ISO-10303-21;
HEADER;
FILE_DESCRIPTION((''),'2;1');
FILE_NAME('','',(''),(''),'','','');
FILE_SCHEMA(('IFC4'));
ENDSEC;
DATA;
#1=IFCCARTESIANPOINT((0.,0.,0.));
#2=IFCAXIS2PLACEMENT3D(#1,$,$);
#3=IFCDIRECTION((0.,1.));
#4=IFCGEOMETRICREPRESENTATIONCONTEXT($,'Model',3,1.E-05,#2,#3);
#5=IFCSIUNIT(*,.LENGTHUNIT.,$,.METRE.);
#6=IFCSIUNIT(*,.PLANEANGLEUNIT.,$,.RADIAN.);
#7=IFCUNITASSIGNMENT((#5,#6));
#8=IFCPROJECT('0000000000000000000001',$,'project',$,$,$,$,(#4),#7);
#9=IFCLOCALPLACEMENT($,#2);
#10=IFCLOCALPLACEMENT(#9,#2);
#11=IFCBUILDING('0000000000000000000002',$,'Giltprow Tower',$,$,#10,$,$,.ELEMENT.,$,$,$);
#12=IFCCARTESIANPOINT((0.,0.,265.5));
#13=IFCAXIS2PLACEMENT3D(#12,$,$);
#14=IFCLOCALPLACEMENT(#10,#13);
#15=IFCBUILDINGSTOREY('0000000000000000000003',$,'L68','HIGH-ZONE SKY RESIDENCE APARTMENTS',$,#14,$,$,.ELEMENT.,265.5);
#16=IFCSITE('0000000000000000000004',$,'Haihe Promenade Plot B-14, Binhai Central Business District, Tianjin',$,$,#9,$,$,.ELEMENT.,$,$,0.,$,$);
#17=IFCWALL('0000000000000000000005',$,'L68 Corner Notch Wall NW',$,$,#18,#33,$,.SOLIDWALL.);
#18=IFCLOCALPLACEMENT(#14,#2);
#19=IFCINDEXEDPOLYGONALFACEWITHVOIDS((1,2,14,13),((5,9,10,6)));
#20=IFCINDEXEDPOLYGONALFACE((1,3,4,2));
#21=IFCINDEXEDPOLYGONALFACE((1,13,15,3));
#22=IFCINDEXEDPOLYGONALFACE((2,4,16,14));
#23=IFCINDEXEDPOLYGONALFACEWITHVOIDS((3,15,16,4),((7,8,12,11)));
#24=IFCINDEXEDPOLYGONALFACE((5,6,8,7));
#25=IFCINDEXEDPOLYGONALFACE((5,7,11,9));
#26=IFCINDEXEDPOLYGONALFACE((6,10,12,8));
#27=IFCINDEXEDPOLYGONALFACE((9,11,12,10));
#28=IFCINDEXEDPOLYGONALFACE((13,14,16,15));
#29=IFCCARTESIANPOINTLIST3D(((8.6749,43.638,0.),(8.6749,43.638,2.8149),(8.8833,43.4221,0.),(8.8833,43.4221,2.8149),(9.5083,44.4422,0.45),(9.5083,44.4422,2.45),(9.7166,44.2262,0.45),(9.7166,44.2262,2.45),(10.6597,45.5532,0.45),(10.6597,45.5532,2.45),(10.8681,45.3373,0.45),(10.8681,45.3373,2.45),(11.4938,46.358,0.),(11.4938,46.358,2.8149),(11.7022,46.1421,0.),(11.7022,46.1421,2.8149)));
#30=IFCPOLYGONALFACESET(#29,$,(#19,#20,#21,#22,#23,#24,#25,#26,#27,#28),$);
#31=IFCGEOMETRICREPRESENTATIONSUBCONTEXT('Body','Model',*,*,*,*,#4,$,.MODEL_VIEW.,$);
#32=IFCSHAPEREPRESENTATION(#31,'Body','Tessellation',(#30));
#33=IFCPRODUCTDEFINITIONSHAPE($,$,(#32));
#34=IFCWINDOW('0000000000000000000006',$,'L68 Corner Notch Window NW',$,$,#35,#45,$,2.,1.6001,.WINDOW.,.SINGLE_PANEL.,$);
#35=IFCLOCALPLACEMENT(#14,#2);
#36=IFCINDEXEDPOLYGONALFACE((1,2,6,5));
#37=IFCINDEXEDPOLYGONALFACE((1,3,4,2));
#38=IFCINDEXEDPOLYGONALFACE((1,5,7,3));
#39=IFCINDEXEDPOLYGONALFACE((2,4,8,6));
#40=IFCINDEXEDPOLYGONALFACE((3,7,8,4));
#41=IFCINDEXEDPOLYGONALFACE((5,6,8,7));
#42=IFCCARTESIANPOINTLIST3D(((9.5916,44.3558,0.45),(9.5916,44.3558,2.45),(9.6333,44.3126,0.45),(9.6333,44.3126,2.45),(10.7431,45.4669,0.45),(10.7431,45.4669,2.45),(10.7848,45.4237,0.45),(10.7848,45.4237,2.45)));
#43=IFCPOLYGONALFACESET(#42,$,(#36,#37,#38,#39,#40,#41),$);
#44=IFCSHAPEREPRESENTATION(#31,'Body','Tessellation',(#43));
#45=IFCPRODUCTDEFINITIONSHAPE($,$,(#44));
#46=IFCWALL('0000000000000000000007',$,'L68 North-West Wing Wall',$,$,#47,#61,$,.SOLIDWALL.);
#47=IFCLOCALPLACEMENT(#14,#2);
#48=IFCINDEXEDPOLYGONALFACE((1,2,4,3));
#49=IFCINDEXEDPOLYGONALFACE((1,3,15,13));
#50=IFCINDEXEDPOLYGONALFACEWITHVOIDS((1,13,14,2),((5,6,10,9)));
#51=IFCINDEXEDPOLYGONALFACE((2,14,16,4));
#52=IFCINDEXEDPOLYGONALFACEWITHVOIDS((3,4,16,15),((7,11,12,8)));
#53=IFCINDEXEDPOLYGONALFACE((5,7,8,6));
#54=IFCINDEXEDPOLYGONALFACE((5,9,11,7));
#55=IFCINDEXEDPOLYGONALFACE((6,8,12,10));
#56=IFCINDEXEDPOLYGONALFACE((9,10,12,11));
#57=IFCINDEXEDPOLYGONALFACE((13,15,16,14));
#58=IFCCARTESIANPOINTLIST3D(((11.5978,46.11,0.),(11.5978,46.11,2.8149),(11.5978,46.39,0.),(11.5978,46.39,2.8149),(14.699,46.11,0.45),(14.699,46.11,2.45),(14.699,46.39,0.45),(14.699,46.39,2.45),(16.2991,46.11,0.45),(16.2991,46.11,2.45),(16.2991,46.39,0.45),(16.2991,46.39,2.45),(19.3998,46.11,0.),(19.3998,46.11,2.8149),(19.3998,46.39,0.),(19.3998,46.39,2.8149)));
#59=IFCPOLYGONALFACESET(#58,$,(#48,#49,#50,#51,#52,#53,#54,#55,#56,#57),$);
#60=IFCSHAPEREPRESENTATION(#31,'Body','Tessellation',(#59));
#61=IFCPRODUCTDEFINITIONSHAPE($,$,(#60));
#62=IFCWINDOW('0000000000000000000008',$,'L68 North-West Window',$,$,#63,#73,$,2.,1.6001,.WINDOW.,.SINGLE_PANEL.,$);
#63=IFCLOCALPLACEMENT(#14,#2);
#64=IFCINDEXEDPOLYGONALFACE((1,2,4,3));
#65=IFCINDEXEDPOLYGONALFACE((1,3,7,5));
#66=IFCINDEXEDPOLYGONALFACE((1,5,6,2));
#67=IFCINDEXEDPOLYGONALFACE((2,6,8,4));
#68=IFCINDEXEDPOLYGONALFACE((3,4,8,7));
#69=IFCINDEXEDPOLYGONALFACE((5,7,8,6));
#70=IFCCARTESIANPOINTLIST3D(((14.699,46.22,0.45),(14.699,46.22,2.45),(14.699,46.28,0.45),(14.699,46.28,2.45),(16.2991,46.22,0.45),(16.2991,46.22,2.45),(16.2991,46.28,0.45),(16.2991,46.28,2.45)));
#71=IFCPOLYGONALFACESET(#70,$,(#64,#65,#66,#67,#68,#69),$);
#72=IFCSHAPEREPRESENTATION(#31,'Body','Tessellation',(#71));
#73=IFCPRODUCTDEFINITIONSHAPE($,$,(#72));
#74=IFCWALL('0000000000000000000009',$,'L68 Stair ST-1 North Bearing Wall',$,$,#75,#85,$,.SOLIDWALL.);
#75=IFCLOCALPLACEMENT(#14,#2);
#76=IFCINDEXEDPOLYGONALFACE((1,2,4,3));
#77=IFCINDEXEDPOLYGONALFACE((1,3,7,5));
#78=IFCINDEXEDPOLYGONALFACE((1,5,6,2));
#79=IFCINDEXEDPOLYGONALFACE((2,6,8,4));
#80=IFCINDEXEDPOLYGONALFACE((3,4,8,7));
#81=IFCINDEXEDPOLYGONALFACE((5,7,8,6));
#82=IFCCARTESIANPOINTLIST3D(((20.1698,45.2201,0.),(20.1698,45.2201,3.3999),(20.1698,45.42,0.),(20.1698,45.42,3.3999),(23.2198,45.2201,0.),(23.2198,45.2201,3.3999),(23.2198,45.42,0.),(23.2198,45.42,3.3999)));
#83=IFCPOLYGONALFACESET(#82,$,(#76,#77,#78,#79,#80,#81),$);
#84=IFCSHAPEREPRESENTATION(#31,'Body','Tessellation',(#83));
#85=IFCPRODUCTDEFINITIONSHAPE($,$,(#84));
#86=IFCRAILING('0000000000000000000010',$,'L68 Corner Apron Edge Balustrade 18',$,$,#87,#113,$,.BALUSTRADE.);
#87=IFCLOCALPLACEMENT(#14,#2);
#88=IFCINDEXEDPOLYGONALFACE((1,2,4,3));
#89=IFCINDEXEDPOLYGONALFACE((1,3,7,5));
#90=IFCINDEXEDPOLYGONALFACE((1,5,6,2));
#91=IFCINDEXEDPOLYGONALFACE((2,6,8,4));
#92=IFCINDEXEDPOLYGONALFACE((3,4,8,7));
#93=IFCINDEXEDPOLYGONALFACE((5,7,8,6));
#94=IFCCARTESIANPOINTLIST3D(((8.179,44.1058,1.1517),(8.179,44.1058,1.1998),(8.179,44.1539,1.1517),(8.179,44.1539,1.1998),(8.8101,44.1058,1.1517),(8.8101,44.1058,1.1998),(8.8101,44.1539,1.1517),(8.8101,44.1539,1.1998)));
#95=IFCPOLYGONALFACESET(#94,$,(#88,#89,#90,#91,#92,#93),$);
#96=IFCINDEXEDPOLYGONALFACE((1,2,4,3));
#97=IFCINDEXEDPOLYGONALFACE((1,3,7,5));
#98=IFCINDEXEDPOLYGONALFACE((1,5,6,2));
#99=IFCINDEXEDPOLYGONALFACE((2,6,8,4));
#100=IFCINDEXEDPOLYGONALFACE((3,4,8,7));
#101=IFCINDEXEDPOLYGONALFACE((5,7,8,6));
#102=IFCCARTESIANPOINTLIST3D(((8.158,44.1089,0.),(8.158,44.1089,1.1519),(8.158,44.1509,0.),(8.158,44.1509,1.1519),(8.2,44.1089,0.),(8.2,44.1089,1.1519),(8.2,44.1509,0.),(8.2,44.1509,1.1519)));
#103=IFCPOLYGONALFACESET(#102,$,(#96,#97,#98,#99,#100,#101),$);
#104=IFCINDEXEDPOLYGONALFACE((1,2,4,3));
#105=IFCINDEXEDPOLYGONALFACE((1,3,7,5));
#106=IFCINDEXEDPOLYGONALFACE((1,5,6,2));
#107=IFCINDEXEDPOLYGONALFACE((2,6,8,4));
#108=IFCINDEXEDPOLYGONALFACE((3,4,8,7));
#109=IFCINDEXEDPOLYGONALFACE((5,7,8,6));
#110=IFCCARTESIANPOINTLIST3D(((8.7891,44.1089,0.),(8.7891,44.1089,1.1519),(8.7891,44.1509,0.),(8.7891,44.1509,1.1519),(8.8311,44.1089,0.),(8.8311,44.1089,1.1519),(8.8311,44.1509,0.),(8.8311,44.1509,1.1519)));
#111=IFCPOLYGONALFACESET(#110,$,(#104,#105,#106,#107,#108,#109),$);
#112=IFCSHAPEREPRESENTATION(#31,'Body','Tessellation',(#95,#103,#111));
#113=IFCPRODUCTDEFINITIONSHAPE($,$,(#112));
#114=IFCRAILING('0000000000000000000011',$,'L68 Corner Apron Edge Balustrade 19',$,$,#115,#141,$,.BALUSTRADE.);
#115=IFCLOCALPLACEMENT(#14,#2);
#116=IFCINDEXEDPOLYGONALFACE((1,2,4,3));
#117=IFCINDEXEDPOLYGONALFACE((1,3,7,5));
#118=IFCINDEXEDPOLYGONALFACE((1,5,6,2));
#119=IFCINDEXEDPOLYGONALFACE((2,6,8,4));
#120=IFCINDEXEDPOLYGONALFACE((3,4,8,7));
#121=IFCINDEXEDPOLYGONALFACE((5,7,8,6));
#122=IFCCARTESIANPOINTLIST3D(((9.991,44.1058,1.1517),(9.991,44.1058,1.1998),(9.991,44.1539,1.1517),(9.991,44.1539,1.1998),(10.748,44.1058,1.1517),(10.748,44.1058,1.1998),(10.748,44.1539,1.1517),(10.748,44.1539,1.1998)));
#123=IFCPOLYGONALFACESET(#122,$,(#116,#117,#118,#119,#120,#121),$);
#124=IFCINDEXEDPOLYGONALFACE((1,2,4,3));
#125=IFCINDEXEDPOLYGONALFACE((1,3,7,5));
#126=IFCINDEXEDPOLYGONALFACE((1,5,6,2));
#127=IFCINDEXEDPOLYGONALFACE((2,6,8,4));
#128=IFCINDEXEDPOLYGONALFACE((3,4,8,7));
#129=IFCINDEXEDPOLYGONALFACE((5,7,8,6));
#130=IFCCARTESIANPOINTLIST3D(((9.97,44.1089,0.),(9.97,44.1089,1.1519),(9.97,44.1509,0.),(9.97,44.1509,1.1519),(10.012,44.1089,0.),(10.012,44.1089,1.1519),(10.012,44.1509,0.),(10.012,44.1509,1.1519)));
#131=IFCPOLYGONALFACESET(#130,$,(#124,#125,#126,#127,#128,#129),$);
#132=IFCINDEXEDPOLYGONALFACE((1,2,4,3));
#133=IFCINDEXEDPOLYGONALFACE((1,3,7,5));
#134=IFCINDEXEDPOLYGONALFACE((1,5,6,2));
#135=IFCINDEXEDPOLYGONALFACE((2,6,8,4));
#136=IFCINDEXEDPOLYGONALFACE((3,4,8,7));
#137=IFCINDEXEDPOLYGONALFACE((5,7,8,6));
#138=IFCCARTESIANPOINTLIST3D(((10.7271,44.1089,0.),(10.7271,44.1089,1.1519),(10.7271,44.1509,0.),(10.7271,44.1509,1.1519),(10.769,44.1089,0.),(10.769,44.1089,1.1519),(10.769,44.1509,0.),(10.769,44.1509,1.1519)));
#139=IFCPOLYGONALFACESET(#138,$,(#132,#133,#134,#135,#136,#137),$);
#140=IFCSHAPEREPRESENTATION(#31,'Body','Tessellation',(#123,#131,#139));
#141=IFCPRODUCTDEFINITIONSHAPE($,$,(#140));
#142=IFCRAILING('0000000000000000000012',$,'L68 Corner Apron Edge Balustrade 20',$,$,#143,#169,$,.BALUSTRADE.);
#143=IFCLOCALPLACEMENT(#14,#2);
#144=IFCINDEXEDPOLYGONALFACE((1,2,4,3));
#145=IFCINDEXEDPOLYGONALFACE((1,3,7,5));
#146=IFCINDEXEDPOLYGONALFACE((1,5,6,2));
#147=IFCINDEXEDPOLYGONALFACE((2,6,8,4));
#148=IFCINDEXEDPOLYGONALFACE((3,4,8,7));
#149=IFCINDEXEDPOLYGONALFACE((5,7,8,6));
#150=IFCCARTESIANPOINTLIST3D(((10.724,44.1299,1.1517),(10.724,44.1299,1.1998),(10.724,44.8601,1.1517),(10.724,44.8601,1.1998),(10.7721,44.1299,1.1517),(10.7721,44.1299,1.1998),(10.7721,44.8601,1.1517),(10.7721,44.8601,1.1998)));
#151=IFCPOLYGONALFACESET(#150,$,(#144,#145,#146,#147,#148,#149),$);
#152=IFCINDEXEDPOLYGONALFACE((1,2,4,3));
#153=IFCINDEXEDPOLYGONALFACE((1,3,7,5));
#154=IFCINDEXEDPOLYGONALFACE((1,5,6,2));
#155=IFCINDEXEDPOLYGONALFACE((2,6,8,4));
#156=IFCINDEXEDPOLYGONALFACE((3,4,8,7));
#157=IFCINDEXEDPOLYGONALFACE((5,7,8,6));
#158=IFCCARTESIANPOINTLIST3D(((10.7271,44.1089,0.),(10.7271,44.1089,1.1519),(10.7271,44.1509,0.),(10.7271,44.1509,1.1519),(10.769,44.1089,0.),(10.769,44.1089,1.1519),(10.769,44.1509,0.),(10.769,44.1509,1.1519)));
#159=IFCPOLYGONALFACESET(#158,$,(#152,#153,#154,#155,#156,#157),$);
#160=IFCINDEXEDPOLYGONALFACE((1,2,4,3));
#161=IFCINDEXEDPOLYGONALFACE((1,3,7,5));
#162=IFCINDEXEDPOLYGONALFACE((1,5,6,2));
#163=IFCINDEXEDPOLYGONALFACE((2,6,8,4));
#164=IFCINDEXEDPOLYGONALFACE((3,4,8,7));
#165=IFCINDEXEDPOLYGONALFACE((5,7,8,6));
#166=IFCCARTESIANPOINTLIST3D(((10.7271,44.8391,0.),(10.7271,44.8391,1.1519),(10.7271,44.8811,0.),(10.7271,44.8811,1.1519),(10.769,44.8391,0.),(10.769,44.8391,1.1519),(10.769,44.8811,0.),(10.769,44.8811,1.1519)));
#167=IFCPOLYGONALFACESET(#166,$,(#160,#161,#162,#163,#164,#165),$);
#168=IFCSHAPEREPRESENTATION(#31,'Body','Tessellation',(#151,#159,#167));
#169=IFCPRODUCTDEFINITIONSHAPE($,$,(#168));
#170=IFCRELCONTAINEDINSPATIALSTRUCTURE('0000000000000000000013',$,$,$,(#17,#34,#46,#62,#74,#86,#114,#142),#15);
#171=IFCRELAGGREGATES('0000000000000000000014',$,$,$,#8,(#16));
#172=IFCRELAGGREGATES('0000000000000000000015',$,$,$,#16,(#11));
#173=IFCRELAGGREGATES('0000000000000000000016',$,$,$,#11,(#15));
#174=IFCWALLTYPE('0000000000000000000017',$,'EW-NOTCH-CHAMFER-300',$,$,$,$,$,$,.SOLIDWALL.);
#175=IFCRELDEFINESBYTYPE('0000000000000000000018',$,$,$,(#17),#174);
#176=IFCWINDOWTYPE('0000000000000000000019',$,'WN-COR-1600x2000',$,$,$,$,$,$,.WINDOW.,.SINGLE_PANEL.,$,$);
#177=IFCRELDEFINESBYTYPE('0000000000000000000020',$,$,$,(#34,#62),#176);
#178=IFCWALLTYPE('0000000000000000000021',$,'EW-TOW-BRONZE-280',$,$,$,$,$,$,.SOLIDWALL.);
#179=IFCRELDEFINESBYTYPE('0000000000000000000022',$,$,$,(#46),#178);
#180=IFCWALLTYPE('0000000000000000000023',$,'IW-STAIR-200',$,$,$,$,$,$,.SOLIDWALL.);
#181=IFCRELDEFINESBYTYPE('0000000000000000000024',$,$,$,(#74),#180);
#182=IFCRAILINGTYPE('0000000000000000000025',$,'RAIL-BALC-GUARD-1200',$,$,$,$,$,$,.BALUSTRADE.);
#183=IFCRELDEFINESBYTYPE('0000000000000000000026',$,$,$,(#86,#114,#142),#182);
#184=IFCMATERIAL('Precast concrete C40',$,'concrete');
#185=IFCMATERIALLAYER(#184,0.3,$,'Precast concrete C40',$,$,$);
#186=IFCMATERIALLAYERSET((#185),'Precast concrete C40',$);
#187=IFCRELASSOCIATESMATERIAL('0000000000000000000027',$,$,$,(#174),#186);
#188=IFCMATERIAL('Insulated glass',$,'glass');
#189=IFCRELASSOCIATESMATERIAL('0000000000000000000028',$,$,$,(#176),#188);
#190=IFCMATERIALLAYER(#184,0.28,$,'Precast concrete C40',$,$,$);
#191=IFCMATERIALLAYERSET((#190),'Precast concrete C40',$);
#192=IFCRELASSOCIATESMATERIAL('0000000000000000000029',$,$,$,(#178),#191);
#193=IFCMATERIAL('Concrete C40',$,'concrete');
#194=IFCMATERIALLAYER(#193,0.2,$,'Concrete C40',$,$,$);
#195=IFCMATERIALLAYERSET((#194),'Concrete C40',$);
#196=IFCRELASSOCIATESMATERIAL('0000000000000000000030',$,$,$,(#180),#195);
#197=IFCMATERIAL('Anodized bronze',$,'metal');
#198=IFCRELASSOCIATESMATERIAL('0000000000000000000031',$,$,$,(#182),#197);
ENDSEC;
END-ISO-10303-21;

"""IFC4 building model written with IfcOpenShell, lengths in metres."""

from ifc_helpers import new_model, si_unit, direction, frame, frame_2d, origin, origin_2d, place, context, subcontext, project, spatial, rectangle, extrude, source, transform, mapped, material, layer, layer_set, type_object, element, fill, save


model = new_model("IFC4")

# Units and contexts
model_context = context("Model", 3, precision=1e-05, world=origin(), true_north=direction((0.0, 1.0)))
body_context = subcontext(model_context, "Body", "Model", "MODEL_VIEW")
ifc_project = project(units=[si_unit("LENGTHUNIT", "METRE"), si_unit("PLANEANGLEUNIT", "RADIAN")], contexts=[model_context])

# Site, building, storey
site_placement = place(None, origin())
site = spatial("IfcSite", under=ifc_project, at=site_placement, Name="Haihe Promenade Plot B-14, Binhai Central Business District, Tianjin", CompositionType="ELEMENT", RefElevation=0.0)
building_placement = place(site_placement, origin())
building = spatial("IfcBuilding", under=site, at=building_placement, Name="Giltprow Tower", CompositionType="ELEMENT")
storey_placement = place(building_placement, frame((0.0, 0.0, 265.5)))
storey = spatial("IfcBuildingStorey", under=building, at=storey_placement, Name="L68", Description="HIGH-ZONE SKY RESIDENCE APARTMENTS", CompositionType="ELEMENT", Elevation=265.5)

# Walls, openings, windows
ifc_material_1 = material(Name="Precast concrete C40", Category="concrete")
ifc_layer_1 = layer(ifc_material_1, 0.3, Name="Precast concrete C40")
ifc_layer_set_1 = layer_set([ifc_layer_1], Name="Precast concrete C40")
wall_type_1 = type_object("IfcWallType", Name="EW-NOTCH-CHAMFER-300", PredefinedType="SOLIDWALL", material=ifc_layer_set_1)
wall_1_placement = place(storey_placement, frame((11.5979, 46.25, 0.0), z_axis=(0.0, 0.0, 1.0), x_axis=(-0.719615, -0.694373, 0.0)))
wall_1 = element("IfcWall", 1, at=wall_1_placement, inside=storey, type_object=wall_type_1, Name="L68 Corner Notch Wall NW", PredefinedType="SOLIDWALL", context=body_context, shape_type="SweptSolid", body=[
    extrude(rectangle(XDim=3.9172, YDim=0.3, at=frame_2d((1.9585, 0.0))), origin(), (0.0, 0.0, 1.0), 2.8149),
])
opening_1_placement = place(wall_1_placement, frame((1.1589, 0.0, 0.45)))
opening_1 = element("IfcOpeningElement", 2, at=opening_1_placement, cuts=wall_1, PredefinedType="OPENING", context=body_context, shape_type="SweptSolid", body=[
    extrude(rectangle(XDim=1.6001, YDim=2.0, at=frame_2d((0.8, 1.0))), frame((0.0, 0.1599, 0.0), z_axis=(0.0, -1.0, 0.0), x_axis=(1.0, 0.0, 0.0)), (0.0, 0.0, 1.0), 0.3201),
])
ifc_material_2 = material(Name="Insulated glass", Category="glass")
window_type = type_object("IfcWindowType", Name="WN-COR-1600x2000", PartitioningType="SINGLE_PANEL", PredefinedType="WINDOW", material=ifc_material_2)
shared_shape_1 = source(origin(), body_context, "Body", "SweptSolid", [
    extrude(rectangle(XDim=1.6001, YDim=2.0, at=frame_2d((0.8, 1.0))), frame((0.0, 0.03, 0.0), z_axis=(0.0, -1.0, 0.0), x_axis=(1.0, 0.0, 0.0)), (0.0, 0.0, 1.0), 0.0601),
])
window_1_placement = place(opening_1_placement, origin())
window_1 = element("IfcWindow", 3, at=window_1_placement, inside=storey, type_object=window_type, Name="L68 Corner Notch Window NW", OverallHeight=2.0, OverallWidth=1.6001, PartitioningType="SINGLE_PANEL", PredefinedType="WINDOW", context=body_context, shape_type="MappedRepresentation", body=[
    mapped(shared_shape_1, transform((0.0, 0.0, 0.0), x_axis=(1.0, 0.0, 0.0), y_axis=(0.0, 1.0, 0.0), z_axis=(0.0, 0.0, 1.0), scale=1.0)),
])
fill(opening_1, window_1)
ifc_layer_2 = layer(ifc_material_1, 0.28, Name="Precast concrete C40")
ifc_layer_set_2 = layer_set([ifc_layer_2], Name="Precast concrete C40")
wall_type_2 = type_object("IfcWallType", Name="EW-TOW-BRONZE-280", PredefinedType="SOLIDWALL", material=ifc_layer_set_2)
wall_2_placement = place(storey_placement, frame((11.5979, 46.25, 0.0), z_axis=(0.0, 0.0, 1.0), x_axis=(1.0, 0.0, 0.0)))
wall_2 = element("IfcWall", 4, at=wall_2_placement, inside=storey, type_object=wall_type_2, Name="L68 North-West Wing Wall", PredefinedType="SOLIDWALL", context=body_context, shape_type="SweptSolid", body=[
    extrude(rectangle(XDim=7.802, YDim=0.28, at=frame_2d((3.9009, 0.0))), origin(), (0.0, 0.0, 1.0), 2.8149),
])
opening_2_placement = place(wall_2_placement, frame((3.1011, 0.0, 0.45)))
opening_2 = element("IfcOpeningElement", 5, at=opening_2_placement, cuts=wall_2, PredefinedType="OPENING", context=body_context, shape_type="SweptSolid", body=[
    extrude(rectangle(XDim=1.6001, YDim=2.0, at=frame_2d((0.8, 1.0))), frame((0.0, 0.1499, 0.0), z_axis=(0.0, -1.0, 0.0), x_axis=(1.0, 0.0, 0.0)), (0.0, 0.0, 1.0), 0.3),
])
window_2_placement = place(opening_2_placement, origin())
window_2 = element("IfcWindow", 6, at=window_2_placement, inside=storey, type_object=window_type, Name="L68 North-West Window", OverallHeight=2.0, OverallWidth=1.6001, PartitioningType="SINGLE_PANEL", PredefinedType="WINDOW", context=body_context, shape_type="MappedRepresentation", body=[
    mapped(shared_shape_1, transform((0.0, 0.0, 0.0), x_axis=(1.0, 0.0, 0.0), y_axis=(0.0, 1.0, 0.0), z_axis=(0.0, 0.0, 1.0), scale=1.0)),
])
fill(opening_2, window_2)

# Wall
ifc_material_3 = material(Name="Concrete C40", Category="concrete")
ifc_layer_3 = layer(ifc_material_3, 0.2, Name="Concrete C40")
ifc_layer_set_3 = layer_set([ifc_layer_3], Name="Concrete C40")
wall_type_3 = type_object("IfcWallType", Name="IW-STAIR-200", PredefinedType="SOLIDWALL", material=ifc_layer_set_3)
wall_3_placement = place(storey_placement, frame((20.1699, 45.3201, 0.0), z_axis=(0.0, 0.0, 1.0), x_axis=(1.0, 0.0, 0.0)))
element("IfcWall", 7, at=wall_3_placement, inside=storey, type_object=wall_type_3, Name="L68 Stair ST-1 North Bearing Wall", PredefinedType="SOLIDWALL", context=body_context, shape_type="SweptSolid", body=[
    extrude(rectangle(XDim=3.05, YDim=0.2, at=frame_2d((1.5249, 0.0))), origin(), (0.0, 0.0, 1.0), 3.3999),
])

# Railings
ifc_material_4 = material(Name="Anodized bronze", Category="metal")
railing_type = type_object("IfcRailingType", Name="RAIL-BALC-GUARD-1200", PredefinedType="BALUSTRADE", material=ifc_material_4)
railing_1_placement = place(storey_placement, frame((8.179, 44.1299, 0.0)))
element("IfcRailing", 8, at=railing_1_placement, inside=storey, type_object=railing_type, Name="L68 Corner Apron Edge Balustrade 18", PredefinedType="BALUSTRADE", context=body_context, shape_type="SweptSolid", body=[
    extrude(rectangle(XDim=0.0481, YDim=0.0481, at=origin_2d()), frame((0.0, 0.0, 1.1758), z_axis=(1.0, 0.0, 0.0), x_axis=(0.0, 1.0, 0.0)), (0.0, 0.0, 1.0), 0.6311),
    extrude(rectangle(XDim=0.042, YDim=0.042, at=origin_2d()), origin(), (0.0, 0.0, 1.0), 1.1519),
    extrude(rectangle(XDim=0.042, YDim=0.042, at=origin_2d()), frame((0.6311, 0.0, 0.0)), (0.0, 0.0, 1.0), 1.1519),
])
railing_2_placement = place(storey_placement, frame((9.991, 44.1299, 0.0)))
element("IfcRailing", 9, at=railing_2_placement, inside=storey, type_object=railing_type, Name="L68 Corner Apron Edge Balustrade 19", PredefinedType="BALUSTRADE", context=body_context, shape_type="SweptSolid", body=[
    extrude(rectangle(XDim=0.0481, YDim=0.0481, at=origin_2d()), frame((0.0, 0.0, 1.1758), z_axis=(1.0, 0.0, 0.0), x_axis=(0.0, 1.0, 0.0)), (0.0, 0.0, 1.0), 0.7571),
    extrude(rectangle(XDim=0.042, YDim=0.042, at=origin_2d()), origin(), (0.0, 0.0, 1.0), 1.1519),
    extrude(rectangle(XDim=0.042, YDim=0.042, at=origin_2d()), frame((0.7571, 0.0, 0.0)), (0.0, 0.0, 1.0), 1.1519),
])
railing_3_placement = place(storey_placement, frame((10.748, 44.1299, 0.0)))
element("IfcRailing", 10, at=railing_3_placement, inside=storey, type_object=railing_type, Name="L68 Corner Apron Edge Balustrade 20", PredefinedType="BALUSTRADE", context=body_context, shape_type="SweptSolid", body=[
    extrude(rectangle(XDim=0.0481, YDim=0.0481, at=origin_2d()), frame((0.0, 0.0, 1.1758), z_axis=(0.0, 1.0, 0.0), x_axis=(-1.0, 0.0, 0.0)), (0.0, 0.0, 1.0), 0.7302),
    extrude(rectangle(XDim=0.042, YDim=0.042, at=origin_2d()), origin(), (0.0, 0.0, 1.0), 1.1519),
    extrude(rectangle(XDim=0.042, YDim=0.042, at=origin_2d()), frame((0.0, 0.7302, 0.0)), (0.0, 0.0, 1.0), 1.1519),
])

save(model, "model.ifc")
